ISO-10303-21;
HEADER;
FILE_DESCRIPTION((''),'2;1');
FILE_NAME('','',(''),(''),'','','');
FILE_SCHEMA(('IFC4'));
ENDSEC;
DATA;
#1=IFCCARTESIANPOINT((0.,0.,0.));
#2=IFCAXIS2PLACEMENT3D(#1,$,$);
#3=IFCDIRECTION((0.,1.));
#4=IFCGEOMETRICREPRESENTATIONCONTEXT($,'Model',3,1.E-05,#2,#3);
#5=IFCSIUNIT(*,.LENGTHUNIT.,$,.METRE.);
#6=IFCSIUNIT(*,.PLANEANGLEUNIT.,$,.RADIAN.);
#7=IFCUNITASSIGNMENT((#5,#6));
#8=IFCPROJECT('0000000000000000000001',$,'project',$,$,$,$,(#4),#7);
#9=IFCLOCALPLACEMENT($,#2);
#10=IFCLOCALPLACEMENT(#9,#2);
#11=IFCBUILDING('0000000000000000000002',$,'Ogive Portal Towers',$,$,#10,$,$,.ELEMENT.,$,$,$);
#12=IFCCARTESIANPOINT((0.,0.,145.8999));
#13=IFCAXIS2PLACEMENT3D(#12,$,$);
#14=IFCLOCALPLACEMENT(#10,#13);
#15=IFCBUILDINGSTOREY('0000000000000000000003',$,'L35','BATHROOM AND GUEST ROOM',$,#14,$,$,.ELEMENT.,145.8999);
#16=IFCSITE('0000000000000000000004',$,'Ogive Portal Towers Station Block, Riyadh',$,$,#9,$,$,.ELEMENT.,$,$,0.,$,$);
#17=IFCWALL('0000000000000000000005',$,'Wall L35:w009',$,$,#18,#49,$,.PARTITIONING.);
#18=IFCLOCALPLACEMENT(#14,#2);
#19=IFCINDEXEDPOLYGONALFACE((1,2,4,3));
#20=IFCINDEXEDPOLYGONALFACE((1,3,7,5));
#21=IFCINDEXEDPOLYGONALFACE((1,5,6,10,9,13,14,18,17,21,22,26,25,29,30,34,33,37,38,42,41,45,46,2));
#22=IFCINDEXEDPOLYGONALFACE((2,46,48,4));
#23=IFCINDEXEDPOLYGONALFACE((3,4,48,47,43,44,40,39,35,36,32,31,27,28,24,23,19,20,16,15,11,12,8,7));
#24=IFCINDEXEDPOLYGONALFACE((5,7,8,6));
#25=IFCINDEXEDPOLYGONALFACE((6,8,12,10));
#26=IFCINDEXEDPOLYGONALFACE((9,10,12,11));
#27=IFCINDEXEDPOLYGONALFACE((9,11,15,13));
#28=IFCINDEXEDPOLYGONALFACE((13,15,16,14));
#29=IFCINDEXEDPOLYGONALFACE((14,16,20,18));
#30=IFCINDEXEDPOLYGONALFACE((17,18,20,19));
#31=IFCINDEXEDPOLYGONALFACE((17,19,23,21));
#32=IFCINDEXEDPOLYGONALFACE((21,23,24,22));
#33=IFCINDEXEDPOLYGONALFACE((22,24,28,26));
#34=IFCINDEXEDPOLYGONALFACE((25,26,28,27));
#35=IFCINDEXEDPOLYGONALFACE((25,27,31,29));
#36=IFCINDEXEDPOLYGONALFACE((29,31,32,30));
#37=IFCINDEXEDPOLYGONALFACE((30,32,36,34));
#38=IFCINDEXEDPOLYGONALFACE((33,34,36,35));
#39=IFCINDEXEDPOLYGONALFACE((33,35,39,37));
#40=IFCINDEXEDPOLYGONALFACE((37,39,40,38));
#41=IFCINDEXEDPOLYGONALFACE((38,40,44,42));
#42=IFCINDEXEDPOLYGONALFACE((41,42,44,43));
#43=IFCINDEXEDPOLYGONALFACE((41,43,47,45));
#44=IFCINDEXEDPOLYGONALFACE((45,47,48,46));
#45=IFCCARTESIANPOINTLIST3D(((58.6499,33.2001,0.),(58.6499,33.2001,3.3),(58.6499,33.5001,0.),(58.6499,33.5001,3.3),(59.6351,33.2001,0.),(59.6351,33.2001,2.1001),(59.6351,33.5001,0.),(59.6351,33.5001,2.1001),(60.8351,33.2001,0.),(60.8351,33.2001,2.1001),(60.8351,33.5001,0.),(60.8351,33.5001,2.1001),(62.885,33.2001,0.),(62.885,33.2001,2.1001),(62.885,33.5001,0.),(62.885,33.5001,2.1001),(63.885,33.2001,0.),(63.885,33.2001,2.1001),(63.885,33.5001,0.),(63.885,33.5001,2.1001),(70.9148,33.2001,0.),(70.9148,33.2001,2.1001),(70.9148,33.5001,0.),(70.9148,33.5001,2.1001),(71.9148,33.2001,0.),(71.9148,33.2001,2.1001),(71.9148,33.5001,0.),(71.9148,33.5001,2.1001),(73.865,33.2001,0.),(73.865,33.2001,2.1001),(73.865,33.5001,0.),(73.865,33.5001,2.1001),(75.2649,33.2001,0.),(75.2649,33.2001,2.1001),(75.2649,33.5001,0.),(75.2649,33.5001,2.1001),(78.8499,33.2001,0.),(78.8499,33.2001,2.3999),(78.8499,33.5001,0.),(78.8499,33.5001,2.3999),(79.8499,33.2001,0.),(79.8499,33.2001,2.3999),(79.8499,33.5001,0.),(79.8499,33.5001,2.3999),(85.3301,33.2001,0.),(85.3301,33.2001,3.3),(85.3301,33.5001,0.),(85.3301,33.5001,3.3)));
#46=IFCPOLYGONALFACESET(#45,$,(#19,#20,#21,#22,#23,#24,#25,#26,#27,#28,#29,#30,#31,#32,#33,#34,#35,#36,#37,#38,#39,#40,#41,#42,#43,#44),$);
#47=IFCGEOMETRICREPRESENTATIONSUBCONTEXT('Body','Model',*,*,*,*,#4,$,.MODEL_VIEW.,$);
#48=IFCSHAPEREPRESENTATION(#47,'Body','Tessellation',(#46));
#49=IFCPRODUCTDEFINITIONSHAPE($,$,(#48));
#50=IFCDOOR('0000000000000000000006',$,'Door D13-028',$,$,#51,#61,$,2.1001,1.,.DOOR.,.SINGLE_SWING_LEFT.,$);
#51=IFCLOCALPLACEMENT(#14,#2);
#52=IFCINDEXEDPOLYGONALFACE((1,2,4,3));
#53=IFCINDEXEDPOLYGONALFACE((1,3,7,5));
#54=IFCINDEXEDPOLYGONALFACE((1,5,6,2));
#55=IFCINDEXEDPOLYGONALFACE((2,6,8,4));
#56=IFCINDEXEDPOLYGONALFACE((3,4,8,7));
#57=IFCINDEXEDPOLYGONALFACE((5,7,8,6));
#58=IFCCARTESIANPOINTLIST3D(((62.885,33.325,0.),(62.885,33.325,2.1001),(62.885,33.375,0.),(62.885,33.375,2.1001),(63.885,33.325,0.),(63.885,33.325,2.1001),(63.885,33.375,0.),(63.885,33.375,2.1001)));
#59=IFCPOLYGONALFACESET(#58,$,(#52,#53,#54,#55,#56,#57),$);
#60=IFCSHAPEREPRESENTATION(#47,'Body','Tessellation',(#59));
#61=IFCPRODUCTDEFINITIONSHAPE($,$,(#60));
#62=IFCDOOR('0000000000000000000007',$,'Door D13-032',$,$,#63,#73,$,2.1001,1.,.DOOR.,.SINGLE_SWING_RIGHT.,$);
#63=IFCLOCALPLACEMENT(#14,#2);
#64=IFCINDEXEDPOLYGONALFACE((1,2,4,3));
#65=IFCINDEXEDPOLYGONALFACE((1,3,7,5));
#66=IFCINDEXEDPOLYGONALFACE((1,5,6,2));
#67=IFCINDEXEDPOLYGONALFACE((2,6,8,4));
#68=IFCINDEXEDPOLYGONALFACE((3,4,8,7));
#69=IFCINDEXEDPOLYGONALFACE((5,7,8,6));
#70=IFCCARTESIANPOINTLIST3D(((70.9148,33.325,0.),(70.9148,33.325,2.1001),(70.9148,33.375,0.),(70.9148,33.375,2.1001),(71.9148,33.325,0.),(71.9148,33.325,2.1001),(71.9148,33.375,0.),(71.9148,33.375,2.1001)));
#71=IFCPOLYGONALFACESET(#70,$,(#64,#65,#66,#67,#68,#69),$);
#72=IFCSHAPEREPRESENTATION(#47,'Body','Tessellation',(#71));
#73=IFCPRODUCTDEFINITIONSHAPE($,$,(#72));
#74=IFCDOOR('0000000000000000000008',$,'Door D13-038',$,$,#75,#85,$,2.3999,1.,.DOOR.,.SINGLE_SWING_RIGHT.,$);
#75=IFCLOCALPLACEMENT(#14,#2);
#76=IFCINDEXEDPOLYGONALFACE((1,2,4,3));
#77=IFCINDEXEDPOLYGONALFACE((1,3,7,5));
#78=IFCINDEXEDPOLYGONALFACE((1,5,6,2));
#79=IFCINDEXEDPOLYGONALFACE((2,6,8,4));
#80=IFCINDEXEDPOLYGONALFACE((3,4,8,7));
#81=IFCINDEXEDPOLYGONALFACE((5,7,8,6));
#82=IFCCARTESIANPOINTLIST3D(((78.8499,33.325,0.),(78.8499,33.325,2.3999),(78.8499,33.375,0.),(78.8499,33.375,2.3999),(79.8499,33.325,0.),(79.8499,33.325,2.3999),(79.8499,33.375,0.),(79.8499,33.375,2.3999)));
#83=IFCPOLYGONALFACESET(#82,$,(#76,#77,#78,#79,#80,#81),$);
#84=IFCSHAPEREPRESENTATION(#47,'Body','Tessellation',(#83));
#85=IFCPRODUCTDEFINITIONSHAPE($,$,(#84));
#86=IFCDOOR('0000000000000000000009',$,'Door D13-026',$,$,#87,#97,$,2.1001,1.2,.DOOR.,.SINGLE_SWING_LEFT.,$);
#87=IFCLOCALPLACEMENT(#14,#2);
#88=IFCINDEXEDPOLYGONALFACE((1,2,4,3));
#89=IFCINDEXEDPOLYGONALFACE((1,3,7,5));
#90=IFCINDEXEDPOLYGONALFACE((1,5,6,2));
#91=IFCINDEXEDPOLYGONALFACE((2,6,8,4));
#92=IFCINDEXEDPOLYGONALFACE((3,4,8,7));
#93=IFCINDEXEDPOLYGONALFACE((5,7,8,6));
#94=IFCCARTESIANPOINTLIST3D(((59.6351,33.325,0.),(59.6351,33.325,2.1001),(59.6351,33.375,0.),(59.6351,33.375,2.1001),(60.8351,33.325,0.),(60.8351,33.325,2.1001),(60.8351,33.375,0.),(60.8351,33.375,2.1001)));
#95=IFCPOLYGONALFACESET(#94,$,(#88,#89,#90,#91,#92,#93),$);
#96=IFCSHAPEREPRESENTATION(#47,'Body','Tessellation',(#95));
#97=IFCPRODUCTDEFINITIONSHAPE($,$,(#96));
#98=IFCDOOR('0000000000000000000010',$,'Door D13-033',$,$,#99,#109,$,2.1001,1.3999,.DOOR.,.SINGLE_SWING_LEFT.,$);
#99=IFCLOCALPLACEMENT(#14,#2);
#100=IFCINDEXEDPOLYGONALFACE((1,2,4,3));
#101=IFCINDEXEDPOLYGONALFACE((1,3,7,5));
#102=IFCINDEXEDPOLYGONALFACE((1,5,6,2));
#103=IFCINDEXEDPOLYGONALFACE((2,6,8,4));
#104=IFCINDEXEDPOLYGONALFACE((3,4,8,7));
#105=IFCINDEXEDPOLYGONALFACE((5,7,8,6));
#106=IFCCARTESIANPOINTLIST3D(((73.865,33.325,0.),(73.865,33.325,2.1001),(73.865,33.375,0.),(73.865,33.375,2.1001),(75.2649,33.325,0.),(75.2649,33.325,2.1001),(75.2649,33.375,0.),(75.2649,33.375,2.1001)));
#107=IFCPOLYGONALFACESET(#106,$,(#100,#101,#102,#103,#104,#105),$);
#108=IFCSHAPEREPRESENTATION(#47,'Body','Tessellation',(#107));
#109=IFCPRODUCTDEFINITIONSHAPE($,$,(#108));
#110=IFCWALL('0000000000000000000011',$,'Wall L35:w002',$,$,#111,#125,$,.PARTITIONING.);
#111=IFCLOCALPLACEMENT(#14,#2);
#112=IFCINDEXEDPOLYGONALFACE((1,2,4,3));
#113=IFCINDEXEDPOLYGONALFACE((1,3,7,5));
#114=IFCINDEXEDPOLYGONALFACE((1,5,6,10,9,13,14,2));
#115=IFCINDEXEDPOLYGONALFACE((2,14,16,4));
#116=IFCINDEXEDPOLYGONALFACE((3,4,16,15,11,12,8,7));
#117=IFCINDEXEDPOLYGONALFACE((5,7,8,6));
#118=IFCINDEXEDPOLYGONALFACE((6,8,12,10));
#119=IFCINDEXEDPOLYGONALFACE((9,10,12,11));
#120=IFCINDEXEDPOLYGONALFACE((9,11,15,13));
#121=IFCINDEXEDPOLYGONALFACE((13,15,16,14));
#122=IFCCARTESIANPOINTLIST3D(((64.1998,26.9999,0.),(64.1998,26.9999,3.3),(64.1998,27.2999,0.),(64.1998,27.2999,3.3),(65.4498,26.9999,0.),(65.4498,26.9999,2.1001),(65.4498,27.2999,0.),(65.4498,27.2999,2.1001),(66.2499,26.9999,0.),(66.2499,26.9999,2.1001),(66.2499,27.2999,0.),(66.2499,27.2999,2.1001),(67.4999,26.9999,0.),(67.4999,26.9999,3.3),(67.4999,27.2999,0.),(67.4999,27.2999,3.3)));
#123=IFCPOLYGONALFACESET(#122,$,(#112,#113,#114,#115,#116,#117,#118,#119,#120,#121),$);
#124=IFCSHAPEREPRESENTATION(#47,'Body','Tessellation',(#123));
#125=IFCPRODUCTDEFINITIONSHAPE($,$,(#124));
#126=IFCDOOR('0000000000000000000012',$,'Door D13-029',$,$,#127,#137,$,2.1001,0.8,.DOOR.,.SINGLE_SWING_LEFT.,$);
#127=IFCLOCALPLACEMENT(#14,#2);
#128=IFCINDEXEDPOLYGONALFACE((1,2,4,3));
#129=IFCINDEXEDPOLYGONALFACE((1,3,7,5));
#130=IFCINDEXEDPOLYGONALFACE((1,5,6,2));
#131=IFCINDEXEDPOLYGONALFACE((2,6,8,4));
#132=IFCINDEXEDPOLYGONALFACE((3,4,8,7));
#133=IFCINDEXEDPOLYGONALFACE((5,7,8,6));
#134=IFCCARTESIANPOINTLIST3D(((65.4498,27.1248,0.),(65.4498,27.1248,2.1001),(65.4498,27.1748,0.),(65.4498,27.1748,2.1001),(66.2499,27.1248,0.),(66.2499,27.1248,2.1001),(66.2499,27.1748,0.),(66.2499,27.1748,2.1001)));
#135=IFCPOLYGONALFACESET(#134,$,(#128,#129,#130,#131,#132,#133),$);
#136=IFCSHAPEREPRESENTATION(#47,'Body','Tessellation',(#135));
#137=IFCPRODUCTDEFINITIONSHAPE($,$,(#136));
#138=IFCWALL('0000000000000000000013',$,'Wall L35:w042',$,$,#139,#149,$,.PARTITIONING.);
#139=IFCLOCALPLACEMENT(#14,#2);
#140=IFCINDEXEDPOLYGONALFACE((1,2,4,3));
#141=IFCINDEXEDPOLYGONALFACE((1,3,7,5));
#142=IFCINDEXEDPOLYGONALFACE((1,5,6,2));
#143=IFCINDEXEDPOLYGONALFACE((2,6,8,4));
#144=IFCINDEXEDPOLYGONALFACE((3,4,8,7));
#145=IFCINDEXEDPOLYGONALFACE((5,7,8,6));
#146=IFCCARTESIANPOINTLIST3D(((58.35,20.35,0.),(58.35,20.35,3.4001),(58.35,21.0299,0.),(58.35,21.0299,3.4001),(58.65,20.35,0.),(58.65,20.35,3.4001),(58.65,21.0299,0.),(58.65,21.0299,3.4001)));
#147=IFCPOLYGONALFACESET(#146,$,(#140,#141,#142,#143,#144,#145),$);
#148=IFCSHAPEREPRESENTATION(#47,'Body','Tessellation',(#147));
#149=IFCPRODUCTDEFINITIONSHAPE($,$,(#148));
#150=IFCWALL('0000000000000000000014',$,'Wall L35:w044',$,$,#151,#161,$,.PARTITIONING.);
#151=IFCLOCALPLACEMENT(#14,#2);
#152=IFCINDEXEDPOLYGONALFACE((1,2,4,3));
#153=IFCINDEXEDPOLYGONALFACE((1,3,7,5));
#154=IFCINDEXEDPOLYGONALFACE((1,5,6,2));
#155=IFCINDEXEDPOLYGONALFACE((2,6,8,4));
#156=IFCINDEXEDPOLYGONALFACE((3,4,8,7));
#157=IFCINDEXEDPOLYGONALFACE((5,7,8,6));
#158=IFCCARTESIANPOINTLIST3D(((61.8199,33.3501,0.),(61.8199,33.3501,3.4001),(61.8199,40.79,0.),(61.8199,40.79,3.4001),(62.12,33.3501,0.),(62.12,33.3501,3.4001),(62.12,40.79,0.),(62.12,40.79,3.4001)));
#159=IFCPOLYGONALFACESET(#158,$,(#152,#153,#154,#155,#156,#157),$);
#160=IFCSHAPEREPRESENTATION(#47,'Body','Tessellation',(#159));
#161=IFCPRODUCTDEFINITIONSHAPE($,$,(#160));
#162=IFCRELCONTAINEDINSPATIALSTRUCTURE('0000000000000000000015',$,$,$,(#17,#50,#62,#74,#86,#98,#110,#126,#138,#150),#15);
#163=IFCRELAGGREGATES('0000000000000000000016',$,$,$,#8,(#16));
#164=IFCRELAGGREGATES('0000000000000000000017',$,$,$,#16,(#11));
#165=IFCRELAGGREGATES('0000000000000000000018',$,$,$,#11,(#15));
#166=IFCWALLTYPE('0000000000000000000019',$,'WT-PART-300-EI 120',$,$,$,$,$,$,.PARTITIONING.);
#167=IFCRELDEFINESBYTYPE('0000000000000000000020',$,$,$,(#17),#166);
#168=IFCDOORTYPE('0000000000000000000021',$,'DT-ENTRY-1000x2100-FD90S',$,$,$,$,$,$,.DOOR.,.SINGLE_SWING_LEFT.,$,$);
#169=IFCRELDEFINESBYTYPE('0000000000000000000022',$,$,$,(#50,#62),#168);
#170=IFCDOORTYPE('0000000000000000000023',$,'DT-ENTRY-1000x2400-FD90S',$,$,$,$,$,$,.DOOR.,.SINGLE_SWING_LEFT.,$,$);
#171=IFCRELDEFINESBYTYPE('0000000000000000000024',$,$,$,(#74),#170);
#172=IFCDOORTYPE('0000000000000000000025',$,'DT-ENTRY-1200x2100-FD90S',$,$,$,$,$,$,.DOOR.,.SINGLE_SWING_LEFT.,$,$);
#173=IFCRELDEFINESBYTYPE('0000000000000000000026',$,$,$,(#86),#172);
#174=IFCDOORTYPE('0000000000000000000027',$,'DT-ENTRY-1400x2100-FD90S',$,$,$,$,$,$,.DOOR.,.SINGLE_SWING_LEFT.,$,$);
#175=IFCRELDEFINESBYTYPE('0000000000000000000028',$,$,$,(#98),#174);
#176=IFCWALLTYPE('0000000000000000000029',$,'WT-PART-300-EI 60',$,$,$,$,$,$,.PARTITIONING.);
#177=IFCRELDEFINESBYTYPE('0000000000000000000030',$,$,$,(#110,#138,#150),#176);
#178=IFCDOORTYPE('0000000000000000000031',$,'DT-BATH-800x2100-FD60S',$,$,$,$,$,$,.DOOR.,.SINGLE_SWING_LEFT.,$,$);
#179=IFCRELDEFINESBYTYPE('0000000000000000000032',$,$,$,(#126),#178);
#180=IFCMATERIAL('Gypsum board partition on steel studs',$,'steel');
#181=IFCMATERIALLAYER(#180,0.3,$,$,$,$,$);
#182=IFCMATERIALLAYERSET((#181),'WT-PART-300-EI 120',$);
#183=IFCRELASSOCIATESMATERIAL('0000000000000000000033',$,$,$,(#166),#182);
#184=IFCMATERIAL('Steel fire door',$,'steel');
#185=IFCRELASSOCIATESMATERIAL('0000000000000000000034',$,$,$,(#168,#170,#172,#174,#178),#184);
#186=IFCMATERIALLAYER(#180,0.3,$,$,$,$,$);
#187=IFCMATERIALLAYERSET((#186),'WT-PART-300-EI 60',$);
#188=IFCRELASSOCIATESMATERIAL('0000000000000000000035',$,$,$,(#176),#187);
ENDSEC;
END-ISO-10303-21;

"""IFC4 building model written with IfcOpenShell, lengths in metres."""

from ifc_helpers import new_model, si_unit, direction, frame, frame_2d, origin, place, context, subcontext, project, spatial, rectangle, extrude, material, layer, layer_set, type_object, element, fill, save


model = new_model("IFC4")

# Units and contexts
model_context = context("Model", 3, precision=1e-05, world=origin(), true_north=direction((0.0, 1.0)))
body_context = subcontext(model_context, "Body", "Model", "MODEL_VIEW")
ifc_project = project(units=[si_unit("LENGTHUNIT", "METRE"), si_unit("PLANEANGLEUNIT", "RADIAN")], contexts=[model_context])

# Site, building, storey
site_placement = place(None, origin())
site = spatial("IfcSite", under=ifc_project, at=site_placement, Name="Ogive Portal Towers Station Block, Riyadh", CompositionType="ELEMENT", RefElevation=0.0)
building_placement = place(site_placement, origin())
building = spatial("IfcBuilding", under=site, at=building_placement, Name="Ogive Portal Towers", CompositionType="ELEMENT")
storey_placement = place(building_placement, frame((0.0, 0.0, 145.8999)))
storey = spatial("IfcBuildingStorey", under=building, at=storey_placement, Name="L35", Description="BATHROOM AND GUEST ROOM", CompositionType="ELEMENT", Elevation=145.8999)

# Shared definitions
ifc_material_1 = material(Name="Steel fire door", Category="steel")
ifc_material_2 = material(Name="Gypsum board partition on steel studs", Category="steel")

# Wall, openings, doors
ifc_layer_1 = layer(ifc_material_2, 0.3)
ifc_layer_set_1 = layer_set([ifc_layer_1], Name="WT-PART-300-EI 120")
wall_type_1 = type_object("IfcWallType", Name="WT-PART-300-EI 120", PredefinedType="PARTITIONING", material=ifc_layer_set_1)
door_type_1 = type_object("IfcDoorType", Name="DT-ENTRY-1000x2100-FD90S", OperationType="SINGLE_SWING_LEFT", PredefinedType="DOOR", material=ifc_material_1)
door_type_2 = type_object("IfcDoorType", Name="DT-ENTRY-1000x2400-FD90S", OperationType="SINGLE_SWING_LEFT", PredefinedType="DOOR", material=ifc_material_1)
wall_1_placement = place(storey_placement, frame((58.6499, 33.3501, 0.0), z_axis=(0.0, 0.0, 1.0), x_axis=(1.0, 0.0, 0.0)))
wall_1 = element("IfcWall", 1, at=wall_1_placement, inside=storey, type_object=wall_type_1, Name="Wall L35:w009", PredefinedType="PARTITIONING", context=body_context, shape_type="SweptSolid", body=[
    extrude(rectangle(XDim=26.6802, YDim=0.3, at=frame_2d((13.3401, 0.0))), origin(), (0.0, 0.0, 1.0), 3.3),
])
opening_1_placement = place(wall_1_placement, frame((0.9851, 0.0, 0.0)))
opening_1 = element("IfcOpeningElement", 2, at=opening_1_placement, cuts=wall_1, PredefinedType="OPENING", context=body_context, shape_type="SweptSolid", body=[
    extrude(rectangle(XDim=1.2, YDim=2.1001, at=frame_2d((0.6001, 1.05))), frame((0.0, 0.1602, 0.0), z_axis=(0.0, -1.0, 0.0), x_axis=(1.0, 0.0, 0.0)), (0.0, 0.0, 1.0), 0.3201),
])
opening_2_placement = place(wall_1_placement, frame((4.2351, 0.0, 0.0)))
opening_2 = element("IfcOpeningElement", 3, at=opening_2_placement, cuts=wall_1, PredefinedType="OPENING", context=body_context, shape_type="SweptSolid", body=[
    extrude(rectangle(XDim=1.0, YDim=2.1001, at=frame_2d((0.5, 1.05))), frame((0.0, 0.1602, 0.0), z_axis=(0.0, -1.0, 0.0), x_axis=(1.0, 0.0, 0.0)), (0.0, 0.0, 1.0), 0.3201),
])
opening_3_placement = place(wall_1_placement, frame((12.2649, 0.0, 0.0)))
opening_3 = element("IfcOpeningElement", 4, at=opening_3_placement, cuts=wall_1, PredefinedType="OPENING", context=body_context, shape_type="SweptSolid", body=[
    extrude(rectangle(XDim=1.0, YDim=2.1001, at=frame_2d((0.5, 1.05))), frame((0.0, 0.1602, 0.0), z_axis=(0.0, -1.0, 0.0), x_axis=(1.0, 0.0, 0.0)), (0.0, 0.0, 1.0), 0.3201),
])
opening_4_placement = place(wall_1_placement, frame((15.2151, 0.0, 0.0)))
opening_4 = element("IfcOpeningElement", 5, at=opening_4_placement, cuts=wall_1, PredefinedType="OPENING", context=body_context, shape_type="SweptSolid", body=[
    extrude(rectangle(XDim=1.3999, YDim=2.1001, at=frame_2d((0.7, 1.05))), frame((0.0, 0.1602, 0.0), z_axis=(0.0, -1.0, 0.0), x_axis=(1.0, 0.0, 0.0)), (0.0, 0.0, 1.0), 0.3201),
])
opening_5_placement = place(wall_1_placement, frame((20.2, 0.0, 0.0)))
opening_5 = element("IfcOpeningElement", 6, at=opening_5_placement, cuts=wall_1, PredefinedType="OPENING", context=body_context, shape_type="SweptSolid", body=[
    extrude(rectangle(XDim=1.0, YDim=2.3999, at=frame_2d((0.5, 1.2))), frame((0.0, 0.1602, 0.0), z_axis=(0.0, -1.0, 0.0), x_axis=(1.0, 0.0, 0.0)), (0.0, 0.0, 1.0), 0.3201),
])
door_1_placement = place(opening_2_placement, origin())
door_1 = element("IfcDoor", 7, at=door_1_placement, inside=storey, type_object=door_type_1, Name="Door D13-028", OperationType="SINGLE_SWING_LEFT", OverallHeight=2.1001, OverallWidth=1.0, PredefinedType="DOOR", context=body_context, shape_type="SweptSolid", body=[
    extrude(rectangle(XDim=1.0, YDim=2.1001, at=frame_2d((0.5, 1.05))), frame((0.0, 0.0249, 0.0), z_axis=(0.0, -1.0, 0.0), x_axis=(1.0, 0.0, 0.0)), (0.0, 0.0, 1.0), 0.05),
])
fill(opening_2, door_1)
door_2_placement = place(opening_3_placement, origin())
door_2 = element("IfcDoor", 8, at=door_2_placement, inside=storey, type_object=door_type_1, Name="Door D13-032", OperationType="SINGLE_SWING_RIGHT", OverallHeight=2.1001, OverallWidth=1.0, PredefinedType="DOOR", context=body_context, shape_type="SweptSolid", body=[
    extrude(rectangle(XDim=1.0, YDim=2.1001, at=frame_2d((0.5, 1.05))), frame((0.0, 0.0249, 0.0), z_axis=(0.0, -1.0, 0.0), x_axis=(1.0, 0.0, 0.0)), (0.0, 0.0, 1.0), 0.05),
])
fill(opening_3, door_2)
door_3_placement = place(opening_5_placement, origin())
door_3 = element("IfcDoor", 9, at=door_3_placement, inside=storey, type_object=door_type_2, Name="Door D13-038", OperationType="SINGLE_SWING_RIGHT", OverallHeight=2.3999, OverallWidth=1.0, PredefinedType="DOOR", context=body_context, shape_type="SweptSolid", body=[
    extrude(rectangle(XDim=1.0, YDim=2.3999, at=frame_2d((0.5, 1.2))), frame((0.0, 0.0249, 0.0), z_axis=(0.0, -1.0, 0.0), x_axis=(1.0, 0.0, 0.0)), (0.0, 0.0, 1.0), 0.05),
])
fill(opening_5, door_3)
door_type_3 = type_object("IfcDoorType", Name="DT-ENTRY-1200x2100-FD90S", OperationType="SINGLE_SWING_LEFT", PredefinedType="DOOR", material=ifc_material_1)
door_4_placement = place(opening_1_placement, origin())
door_4 = element("IfcDoor", 10, at=door_4_placement, inside=storey, type_object=door_type_3, Name="Door D13-026", OperationType="SINGLE_SWING_LEFT", OverallHeight=2.1001, OverallWidth=1.2, PredefinedType="DOOR", context=body_context, shape_type="SweptSolid", body=[
    extrude(rectangle(XDim=1.2, YDim=2.1001, at=frame_2d((0.6001, 1.05))), frame((0.0, 0.0249, 0.0), z_axis=(0.0, -1.0, 0.0), x_axis=(1.0, 0.0, 0.0)), (0.0, 0.0, 1.0), 0.05),
])
fill(opening_1, door_4)
door_type_4 = type_object("IfcDoorType", Name="DT-ENTRY-1400x2100-FD90S", OperationType="SINGLE_SWING_LEFT", PredefinedType="DOOR", material=ifc_material_1)
door_5_placement = place(opening_4_placement, origin())
door_5 = element("IfcDoor", 11, at=door_5_placement, inside=storey, type_object=door_type_4, Name="Door D13-033", OperationType="SINGLE_SWING_LEFT", OverallHeight=2.1001, OverallWidth=1.3999, PredefinedType="DOOR", context=body_context, shape_type="SweptSolid", body=[
    extrude(rectangle(XDim=1.3999, YDim=2.1001, at=frame_2d((0.7, 1.05))), frame((0.0, 0.0249, 0.0), z_axis=(0.0, -1.0, 0.0), x_axis=(1.0, 0.0, 0.0)), (0.0, 0.0, 1.0), 0.05),
])
fill(opening_4, door_5)

# Wall, opening, door
ifc_layer_2 = layer(ifc_material_2, 0.3)
ifc_layer_set_2 = layer_set([ifc_layer_2], Name="WT-PART-300-EI 60")
wall_type_2 = type_object("IfcWallType", Name="WT-PART-300-EI 60", PredefinedType="PARTITIONING", material=ifc_layer_set_2)
wall_2_placement = place(storey_placement, frame((64.2, 27.1499, 0.0), z_axis=(0.0, 0.0, 1.0), x_axis=(1.0, 0.0, 0.0)))
wall_2 = element("IfcWall", 12, at=wall_2_placement, inside=storey, type_object=wall_type_2, Name="Wall L35:w002", PredefinedType="PARTITIONING", context=body_context, shape_type="SweptSolid", body=[
    extrude(rectangle(XDim=3.3, YDim=0.3, at=frame_2d((1.6499, 0.0))), origin(), (0.0, 0.0, 1.0), 3.3),
])
opening_6_placement = place(wall_2_placement, frame((1.25, 0.0, 0.0)))
opening_6 = element("IfcOpeningElement", 13, at=opening_6_placement, cuts=wall_2, PredefinedType="OPENING", context=body_context, shape_type="SweptSolid", body=[
    extrude(rectangle(XDim=0.8, YDim=2.1001, at=frame_2d((0.3999, 1.05))), frame((0.0, 0.1602, 0.0), z_axis=(0.0, -1.0, 0.0), x_axis=(1.0, 0.0, 0.0)), (0.0, 0.0, 1.0), 0.3201),
])
door_type_5 = type_object("IfcDoorType", Name="DT-BATH-800x2100-FD60S", OperationType="SINGLE_SWING_LEFT", PredefinedType="DOOR", material=ifc_material_1)
door_6_placement = place(opening_6_placement, origin())
door_6 = element("IfcDoor", 14, at=door_6_placement, inside=storey, type_object=door_type_5, Name="Door D13-029", OperationType="SINGLE_SWING_LEFT", OverallHeight=2.1001, OverallWidth=0.8, PredefinedType="DOOR", context=body_context, shape_type="SweptSolid", body=[
    extrude(rectangle(XDim=0.8, YDim=2.1001, at=frame_2d((0.3999, 1.05))), frame((0.0, 0.0249, 0.0), z_axis=(0.0, -1.0, 0.0), x_axis=(1.0, 0.0, 0.0)), (0.0, 0.0, 1.0), 0.05),
])
fill(opening_6, door_6)

# Walls
wall_3_placement = place(storey_placement, frame((58.5, 20.3501, 0.0), z_axis=(0.0, 0.0, 1.0), x_axis=(0.0, 1.0, 0.0)))
element("IfcWall", 15, at=wall_3_placement, inside=storey, type_object=wall_type_2, Name="Wall L35:w042", PredefinedType="PARTITIONING", context=body_context, shape_type="SweptSolid", body=[
    extrude(rectangle(XDim=0.6799, YDim=0.3, at=frame_2d((0.3398, 0.0))), origin(), (0.0, 0.0, 1.0), 3.4001),
])
wall_4_placement = place(storey_placement, frame((61.97, 33.3501, 0.0), z_axis=(0.0, 0.0, 1.0), x_axis=(0.0, 1.0, 0.0)))
element("IfcWall", 16, at=wall_4_placement, inside=storey, type_object=wall_type_2, Name="Wall L35:w044", PredefinedType="PARTITIONING", context=body_context, shape_type="SweptSolid", body=[
    extrude(rectangle(XDim=7.4399, YDim=0.3, at=frame_2d((3.72, 0.0))), origin(), (0.0, 0.0, 1.0), 3.4001),
])

save(model, "model.ifc")
